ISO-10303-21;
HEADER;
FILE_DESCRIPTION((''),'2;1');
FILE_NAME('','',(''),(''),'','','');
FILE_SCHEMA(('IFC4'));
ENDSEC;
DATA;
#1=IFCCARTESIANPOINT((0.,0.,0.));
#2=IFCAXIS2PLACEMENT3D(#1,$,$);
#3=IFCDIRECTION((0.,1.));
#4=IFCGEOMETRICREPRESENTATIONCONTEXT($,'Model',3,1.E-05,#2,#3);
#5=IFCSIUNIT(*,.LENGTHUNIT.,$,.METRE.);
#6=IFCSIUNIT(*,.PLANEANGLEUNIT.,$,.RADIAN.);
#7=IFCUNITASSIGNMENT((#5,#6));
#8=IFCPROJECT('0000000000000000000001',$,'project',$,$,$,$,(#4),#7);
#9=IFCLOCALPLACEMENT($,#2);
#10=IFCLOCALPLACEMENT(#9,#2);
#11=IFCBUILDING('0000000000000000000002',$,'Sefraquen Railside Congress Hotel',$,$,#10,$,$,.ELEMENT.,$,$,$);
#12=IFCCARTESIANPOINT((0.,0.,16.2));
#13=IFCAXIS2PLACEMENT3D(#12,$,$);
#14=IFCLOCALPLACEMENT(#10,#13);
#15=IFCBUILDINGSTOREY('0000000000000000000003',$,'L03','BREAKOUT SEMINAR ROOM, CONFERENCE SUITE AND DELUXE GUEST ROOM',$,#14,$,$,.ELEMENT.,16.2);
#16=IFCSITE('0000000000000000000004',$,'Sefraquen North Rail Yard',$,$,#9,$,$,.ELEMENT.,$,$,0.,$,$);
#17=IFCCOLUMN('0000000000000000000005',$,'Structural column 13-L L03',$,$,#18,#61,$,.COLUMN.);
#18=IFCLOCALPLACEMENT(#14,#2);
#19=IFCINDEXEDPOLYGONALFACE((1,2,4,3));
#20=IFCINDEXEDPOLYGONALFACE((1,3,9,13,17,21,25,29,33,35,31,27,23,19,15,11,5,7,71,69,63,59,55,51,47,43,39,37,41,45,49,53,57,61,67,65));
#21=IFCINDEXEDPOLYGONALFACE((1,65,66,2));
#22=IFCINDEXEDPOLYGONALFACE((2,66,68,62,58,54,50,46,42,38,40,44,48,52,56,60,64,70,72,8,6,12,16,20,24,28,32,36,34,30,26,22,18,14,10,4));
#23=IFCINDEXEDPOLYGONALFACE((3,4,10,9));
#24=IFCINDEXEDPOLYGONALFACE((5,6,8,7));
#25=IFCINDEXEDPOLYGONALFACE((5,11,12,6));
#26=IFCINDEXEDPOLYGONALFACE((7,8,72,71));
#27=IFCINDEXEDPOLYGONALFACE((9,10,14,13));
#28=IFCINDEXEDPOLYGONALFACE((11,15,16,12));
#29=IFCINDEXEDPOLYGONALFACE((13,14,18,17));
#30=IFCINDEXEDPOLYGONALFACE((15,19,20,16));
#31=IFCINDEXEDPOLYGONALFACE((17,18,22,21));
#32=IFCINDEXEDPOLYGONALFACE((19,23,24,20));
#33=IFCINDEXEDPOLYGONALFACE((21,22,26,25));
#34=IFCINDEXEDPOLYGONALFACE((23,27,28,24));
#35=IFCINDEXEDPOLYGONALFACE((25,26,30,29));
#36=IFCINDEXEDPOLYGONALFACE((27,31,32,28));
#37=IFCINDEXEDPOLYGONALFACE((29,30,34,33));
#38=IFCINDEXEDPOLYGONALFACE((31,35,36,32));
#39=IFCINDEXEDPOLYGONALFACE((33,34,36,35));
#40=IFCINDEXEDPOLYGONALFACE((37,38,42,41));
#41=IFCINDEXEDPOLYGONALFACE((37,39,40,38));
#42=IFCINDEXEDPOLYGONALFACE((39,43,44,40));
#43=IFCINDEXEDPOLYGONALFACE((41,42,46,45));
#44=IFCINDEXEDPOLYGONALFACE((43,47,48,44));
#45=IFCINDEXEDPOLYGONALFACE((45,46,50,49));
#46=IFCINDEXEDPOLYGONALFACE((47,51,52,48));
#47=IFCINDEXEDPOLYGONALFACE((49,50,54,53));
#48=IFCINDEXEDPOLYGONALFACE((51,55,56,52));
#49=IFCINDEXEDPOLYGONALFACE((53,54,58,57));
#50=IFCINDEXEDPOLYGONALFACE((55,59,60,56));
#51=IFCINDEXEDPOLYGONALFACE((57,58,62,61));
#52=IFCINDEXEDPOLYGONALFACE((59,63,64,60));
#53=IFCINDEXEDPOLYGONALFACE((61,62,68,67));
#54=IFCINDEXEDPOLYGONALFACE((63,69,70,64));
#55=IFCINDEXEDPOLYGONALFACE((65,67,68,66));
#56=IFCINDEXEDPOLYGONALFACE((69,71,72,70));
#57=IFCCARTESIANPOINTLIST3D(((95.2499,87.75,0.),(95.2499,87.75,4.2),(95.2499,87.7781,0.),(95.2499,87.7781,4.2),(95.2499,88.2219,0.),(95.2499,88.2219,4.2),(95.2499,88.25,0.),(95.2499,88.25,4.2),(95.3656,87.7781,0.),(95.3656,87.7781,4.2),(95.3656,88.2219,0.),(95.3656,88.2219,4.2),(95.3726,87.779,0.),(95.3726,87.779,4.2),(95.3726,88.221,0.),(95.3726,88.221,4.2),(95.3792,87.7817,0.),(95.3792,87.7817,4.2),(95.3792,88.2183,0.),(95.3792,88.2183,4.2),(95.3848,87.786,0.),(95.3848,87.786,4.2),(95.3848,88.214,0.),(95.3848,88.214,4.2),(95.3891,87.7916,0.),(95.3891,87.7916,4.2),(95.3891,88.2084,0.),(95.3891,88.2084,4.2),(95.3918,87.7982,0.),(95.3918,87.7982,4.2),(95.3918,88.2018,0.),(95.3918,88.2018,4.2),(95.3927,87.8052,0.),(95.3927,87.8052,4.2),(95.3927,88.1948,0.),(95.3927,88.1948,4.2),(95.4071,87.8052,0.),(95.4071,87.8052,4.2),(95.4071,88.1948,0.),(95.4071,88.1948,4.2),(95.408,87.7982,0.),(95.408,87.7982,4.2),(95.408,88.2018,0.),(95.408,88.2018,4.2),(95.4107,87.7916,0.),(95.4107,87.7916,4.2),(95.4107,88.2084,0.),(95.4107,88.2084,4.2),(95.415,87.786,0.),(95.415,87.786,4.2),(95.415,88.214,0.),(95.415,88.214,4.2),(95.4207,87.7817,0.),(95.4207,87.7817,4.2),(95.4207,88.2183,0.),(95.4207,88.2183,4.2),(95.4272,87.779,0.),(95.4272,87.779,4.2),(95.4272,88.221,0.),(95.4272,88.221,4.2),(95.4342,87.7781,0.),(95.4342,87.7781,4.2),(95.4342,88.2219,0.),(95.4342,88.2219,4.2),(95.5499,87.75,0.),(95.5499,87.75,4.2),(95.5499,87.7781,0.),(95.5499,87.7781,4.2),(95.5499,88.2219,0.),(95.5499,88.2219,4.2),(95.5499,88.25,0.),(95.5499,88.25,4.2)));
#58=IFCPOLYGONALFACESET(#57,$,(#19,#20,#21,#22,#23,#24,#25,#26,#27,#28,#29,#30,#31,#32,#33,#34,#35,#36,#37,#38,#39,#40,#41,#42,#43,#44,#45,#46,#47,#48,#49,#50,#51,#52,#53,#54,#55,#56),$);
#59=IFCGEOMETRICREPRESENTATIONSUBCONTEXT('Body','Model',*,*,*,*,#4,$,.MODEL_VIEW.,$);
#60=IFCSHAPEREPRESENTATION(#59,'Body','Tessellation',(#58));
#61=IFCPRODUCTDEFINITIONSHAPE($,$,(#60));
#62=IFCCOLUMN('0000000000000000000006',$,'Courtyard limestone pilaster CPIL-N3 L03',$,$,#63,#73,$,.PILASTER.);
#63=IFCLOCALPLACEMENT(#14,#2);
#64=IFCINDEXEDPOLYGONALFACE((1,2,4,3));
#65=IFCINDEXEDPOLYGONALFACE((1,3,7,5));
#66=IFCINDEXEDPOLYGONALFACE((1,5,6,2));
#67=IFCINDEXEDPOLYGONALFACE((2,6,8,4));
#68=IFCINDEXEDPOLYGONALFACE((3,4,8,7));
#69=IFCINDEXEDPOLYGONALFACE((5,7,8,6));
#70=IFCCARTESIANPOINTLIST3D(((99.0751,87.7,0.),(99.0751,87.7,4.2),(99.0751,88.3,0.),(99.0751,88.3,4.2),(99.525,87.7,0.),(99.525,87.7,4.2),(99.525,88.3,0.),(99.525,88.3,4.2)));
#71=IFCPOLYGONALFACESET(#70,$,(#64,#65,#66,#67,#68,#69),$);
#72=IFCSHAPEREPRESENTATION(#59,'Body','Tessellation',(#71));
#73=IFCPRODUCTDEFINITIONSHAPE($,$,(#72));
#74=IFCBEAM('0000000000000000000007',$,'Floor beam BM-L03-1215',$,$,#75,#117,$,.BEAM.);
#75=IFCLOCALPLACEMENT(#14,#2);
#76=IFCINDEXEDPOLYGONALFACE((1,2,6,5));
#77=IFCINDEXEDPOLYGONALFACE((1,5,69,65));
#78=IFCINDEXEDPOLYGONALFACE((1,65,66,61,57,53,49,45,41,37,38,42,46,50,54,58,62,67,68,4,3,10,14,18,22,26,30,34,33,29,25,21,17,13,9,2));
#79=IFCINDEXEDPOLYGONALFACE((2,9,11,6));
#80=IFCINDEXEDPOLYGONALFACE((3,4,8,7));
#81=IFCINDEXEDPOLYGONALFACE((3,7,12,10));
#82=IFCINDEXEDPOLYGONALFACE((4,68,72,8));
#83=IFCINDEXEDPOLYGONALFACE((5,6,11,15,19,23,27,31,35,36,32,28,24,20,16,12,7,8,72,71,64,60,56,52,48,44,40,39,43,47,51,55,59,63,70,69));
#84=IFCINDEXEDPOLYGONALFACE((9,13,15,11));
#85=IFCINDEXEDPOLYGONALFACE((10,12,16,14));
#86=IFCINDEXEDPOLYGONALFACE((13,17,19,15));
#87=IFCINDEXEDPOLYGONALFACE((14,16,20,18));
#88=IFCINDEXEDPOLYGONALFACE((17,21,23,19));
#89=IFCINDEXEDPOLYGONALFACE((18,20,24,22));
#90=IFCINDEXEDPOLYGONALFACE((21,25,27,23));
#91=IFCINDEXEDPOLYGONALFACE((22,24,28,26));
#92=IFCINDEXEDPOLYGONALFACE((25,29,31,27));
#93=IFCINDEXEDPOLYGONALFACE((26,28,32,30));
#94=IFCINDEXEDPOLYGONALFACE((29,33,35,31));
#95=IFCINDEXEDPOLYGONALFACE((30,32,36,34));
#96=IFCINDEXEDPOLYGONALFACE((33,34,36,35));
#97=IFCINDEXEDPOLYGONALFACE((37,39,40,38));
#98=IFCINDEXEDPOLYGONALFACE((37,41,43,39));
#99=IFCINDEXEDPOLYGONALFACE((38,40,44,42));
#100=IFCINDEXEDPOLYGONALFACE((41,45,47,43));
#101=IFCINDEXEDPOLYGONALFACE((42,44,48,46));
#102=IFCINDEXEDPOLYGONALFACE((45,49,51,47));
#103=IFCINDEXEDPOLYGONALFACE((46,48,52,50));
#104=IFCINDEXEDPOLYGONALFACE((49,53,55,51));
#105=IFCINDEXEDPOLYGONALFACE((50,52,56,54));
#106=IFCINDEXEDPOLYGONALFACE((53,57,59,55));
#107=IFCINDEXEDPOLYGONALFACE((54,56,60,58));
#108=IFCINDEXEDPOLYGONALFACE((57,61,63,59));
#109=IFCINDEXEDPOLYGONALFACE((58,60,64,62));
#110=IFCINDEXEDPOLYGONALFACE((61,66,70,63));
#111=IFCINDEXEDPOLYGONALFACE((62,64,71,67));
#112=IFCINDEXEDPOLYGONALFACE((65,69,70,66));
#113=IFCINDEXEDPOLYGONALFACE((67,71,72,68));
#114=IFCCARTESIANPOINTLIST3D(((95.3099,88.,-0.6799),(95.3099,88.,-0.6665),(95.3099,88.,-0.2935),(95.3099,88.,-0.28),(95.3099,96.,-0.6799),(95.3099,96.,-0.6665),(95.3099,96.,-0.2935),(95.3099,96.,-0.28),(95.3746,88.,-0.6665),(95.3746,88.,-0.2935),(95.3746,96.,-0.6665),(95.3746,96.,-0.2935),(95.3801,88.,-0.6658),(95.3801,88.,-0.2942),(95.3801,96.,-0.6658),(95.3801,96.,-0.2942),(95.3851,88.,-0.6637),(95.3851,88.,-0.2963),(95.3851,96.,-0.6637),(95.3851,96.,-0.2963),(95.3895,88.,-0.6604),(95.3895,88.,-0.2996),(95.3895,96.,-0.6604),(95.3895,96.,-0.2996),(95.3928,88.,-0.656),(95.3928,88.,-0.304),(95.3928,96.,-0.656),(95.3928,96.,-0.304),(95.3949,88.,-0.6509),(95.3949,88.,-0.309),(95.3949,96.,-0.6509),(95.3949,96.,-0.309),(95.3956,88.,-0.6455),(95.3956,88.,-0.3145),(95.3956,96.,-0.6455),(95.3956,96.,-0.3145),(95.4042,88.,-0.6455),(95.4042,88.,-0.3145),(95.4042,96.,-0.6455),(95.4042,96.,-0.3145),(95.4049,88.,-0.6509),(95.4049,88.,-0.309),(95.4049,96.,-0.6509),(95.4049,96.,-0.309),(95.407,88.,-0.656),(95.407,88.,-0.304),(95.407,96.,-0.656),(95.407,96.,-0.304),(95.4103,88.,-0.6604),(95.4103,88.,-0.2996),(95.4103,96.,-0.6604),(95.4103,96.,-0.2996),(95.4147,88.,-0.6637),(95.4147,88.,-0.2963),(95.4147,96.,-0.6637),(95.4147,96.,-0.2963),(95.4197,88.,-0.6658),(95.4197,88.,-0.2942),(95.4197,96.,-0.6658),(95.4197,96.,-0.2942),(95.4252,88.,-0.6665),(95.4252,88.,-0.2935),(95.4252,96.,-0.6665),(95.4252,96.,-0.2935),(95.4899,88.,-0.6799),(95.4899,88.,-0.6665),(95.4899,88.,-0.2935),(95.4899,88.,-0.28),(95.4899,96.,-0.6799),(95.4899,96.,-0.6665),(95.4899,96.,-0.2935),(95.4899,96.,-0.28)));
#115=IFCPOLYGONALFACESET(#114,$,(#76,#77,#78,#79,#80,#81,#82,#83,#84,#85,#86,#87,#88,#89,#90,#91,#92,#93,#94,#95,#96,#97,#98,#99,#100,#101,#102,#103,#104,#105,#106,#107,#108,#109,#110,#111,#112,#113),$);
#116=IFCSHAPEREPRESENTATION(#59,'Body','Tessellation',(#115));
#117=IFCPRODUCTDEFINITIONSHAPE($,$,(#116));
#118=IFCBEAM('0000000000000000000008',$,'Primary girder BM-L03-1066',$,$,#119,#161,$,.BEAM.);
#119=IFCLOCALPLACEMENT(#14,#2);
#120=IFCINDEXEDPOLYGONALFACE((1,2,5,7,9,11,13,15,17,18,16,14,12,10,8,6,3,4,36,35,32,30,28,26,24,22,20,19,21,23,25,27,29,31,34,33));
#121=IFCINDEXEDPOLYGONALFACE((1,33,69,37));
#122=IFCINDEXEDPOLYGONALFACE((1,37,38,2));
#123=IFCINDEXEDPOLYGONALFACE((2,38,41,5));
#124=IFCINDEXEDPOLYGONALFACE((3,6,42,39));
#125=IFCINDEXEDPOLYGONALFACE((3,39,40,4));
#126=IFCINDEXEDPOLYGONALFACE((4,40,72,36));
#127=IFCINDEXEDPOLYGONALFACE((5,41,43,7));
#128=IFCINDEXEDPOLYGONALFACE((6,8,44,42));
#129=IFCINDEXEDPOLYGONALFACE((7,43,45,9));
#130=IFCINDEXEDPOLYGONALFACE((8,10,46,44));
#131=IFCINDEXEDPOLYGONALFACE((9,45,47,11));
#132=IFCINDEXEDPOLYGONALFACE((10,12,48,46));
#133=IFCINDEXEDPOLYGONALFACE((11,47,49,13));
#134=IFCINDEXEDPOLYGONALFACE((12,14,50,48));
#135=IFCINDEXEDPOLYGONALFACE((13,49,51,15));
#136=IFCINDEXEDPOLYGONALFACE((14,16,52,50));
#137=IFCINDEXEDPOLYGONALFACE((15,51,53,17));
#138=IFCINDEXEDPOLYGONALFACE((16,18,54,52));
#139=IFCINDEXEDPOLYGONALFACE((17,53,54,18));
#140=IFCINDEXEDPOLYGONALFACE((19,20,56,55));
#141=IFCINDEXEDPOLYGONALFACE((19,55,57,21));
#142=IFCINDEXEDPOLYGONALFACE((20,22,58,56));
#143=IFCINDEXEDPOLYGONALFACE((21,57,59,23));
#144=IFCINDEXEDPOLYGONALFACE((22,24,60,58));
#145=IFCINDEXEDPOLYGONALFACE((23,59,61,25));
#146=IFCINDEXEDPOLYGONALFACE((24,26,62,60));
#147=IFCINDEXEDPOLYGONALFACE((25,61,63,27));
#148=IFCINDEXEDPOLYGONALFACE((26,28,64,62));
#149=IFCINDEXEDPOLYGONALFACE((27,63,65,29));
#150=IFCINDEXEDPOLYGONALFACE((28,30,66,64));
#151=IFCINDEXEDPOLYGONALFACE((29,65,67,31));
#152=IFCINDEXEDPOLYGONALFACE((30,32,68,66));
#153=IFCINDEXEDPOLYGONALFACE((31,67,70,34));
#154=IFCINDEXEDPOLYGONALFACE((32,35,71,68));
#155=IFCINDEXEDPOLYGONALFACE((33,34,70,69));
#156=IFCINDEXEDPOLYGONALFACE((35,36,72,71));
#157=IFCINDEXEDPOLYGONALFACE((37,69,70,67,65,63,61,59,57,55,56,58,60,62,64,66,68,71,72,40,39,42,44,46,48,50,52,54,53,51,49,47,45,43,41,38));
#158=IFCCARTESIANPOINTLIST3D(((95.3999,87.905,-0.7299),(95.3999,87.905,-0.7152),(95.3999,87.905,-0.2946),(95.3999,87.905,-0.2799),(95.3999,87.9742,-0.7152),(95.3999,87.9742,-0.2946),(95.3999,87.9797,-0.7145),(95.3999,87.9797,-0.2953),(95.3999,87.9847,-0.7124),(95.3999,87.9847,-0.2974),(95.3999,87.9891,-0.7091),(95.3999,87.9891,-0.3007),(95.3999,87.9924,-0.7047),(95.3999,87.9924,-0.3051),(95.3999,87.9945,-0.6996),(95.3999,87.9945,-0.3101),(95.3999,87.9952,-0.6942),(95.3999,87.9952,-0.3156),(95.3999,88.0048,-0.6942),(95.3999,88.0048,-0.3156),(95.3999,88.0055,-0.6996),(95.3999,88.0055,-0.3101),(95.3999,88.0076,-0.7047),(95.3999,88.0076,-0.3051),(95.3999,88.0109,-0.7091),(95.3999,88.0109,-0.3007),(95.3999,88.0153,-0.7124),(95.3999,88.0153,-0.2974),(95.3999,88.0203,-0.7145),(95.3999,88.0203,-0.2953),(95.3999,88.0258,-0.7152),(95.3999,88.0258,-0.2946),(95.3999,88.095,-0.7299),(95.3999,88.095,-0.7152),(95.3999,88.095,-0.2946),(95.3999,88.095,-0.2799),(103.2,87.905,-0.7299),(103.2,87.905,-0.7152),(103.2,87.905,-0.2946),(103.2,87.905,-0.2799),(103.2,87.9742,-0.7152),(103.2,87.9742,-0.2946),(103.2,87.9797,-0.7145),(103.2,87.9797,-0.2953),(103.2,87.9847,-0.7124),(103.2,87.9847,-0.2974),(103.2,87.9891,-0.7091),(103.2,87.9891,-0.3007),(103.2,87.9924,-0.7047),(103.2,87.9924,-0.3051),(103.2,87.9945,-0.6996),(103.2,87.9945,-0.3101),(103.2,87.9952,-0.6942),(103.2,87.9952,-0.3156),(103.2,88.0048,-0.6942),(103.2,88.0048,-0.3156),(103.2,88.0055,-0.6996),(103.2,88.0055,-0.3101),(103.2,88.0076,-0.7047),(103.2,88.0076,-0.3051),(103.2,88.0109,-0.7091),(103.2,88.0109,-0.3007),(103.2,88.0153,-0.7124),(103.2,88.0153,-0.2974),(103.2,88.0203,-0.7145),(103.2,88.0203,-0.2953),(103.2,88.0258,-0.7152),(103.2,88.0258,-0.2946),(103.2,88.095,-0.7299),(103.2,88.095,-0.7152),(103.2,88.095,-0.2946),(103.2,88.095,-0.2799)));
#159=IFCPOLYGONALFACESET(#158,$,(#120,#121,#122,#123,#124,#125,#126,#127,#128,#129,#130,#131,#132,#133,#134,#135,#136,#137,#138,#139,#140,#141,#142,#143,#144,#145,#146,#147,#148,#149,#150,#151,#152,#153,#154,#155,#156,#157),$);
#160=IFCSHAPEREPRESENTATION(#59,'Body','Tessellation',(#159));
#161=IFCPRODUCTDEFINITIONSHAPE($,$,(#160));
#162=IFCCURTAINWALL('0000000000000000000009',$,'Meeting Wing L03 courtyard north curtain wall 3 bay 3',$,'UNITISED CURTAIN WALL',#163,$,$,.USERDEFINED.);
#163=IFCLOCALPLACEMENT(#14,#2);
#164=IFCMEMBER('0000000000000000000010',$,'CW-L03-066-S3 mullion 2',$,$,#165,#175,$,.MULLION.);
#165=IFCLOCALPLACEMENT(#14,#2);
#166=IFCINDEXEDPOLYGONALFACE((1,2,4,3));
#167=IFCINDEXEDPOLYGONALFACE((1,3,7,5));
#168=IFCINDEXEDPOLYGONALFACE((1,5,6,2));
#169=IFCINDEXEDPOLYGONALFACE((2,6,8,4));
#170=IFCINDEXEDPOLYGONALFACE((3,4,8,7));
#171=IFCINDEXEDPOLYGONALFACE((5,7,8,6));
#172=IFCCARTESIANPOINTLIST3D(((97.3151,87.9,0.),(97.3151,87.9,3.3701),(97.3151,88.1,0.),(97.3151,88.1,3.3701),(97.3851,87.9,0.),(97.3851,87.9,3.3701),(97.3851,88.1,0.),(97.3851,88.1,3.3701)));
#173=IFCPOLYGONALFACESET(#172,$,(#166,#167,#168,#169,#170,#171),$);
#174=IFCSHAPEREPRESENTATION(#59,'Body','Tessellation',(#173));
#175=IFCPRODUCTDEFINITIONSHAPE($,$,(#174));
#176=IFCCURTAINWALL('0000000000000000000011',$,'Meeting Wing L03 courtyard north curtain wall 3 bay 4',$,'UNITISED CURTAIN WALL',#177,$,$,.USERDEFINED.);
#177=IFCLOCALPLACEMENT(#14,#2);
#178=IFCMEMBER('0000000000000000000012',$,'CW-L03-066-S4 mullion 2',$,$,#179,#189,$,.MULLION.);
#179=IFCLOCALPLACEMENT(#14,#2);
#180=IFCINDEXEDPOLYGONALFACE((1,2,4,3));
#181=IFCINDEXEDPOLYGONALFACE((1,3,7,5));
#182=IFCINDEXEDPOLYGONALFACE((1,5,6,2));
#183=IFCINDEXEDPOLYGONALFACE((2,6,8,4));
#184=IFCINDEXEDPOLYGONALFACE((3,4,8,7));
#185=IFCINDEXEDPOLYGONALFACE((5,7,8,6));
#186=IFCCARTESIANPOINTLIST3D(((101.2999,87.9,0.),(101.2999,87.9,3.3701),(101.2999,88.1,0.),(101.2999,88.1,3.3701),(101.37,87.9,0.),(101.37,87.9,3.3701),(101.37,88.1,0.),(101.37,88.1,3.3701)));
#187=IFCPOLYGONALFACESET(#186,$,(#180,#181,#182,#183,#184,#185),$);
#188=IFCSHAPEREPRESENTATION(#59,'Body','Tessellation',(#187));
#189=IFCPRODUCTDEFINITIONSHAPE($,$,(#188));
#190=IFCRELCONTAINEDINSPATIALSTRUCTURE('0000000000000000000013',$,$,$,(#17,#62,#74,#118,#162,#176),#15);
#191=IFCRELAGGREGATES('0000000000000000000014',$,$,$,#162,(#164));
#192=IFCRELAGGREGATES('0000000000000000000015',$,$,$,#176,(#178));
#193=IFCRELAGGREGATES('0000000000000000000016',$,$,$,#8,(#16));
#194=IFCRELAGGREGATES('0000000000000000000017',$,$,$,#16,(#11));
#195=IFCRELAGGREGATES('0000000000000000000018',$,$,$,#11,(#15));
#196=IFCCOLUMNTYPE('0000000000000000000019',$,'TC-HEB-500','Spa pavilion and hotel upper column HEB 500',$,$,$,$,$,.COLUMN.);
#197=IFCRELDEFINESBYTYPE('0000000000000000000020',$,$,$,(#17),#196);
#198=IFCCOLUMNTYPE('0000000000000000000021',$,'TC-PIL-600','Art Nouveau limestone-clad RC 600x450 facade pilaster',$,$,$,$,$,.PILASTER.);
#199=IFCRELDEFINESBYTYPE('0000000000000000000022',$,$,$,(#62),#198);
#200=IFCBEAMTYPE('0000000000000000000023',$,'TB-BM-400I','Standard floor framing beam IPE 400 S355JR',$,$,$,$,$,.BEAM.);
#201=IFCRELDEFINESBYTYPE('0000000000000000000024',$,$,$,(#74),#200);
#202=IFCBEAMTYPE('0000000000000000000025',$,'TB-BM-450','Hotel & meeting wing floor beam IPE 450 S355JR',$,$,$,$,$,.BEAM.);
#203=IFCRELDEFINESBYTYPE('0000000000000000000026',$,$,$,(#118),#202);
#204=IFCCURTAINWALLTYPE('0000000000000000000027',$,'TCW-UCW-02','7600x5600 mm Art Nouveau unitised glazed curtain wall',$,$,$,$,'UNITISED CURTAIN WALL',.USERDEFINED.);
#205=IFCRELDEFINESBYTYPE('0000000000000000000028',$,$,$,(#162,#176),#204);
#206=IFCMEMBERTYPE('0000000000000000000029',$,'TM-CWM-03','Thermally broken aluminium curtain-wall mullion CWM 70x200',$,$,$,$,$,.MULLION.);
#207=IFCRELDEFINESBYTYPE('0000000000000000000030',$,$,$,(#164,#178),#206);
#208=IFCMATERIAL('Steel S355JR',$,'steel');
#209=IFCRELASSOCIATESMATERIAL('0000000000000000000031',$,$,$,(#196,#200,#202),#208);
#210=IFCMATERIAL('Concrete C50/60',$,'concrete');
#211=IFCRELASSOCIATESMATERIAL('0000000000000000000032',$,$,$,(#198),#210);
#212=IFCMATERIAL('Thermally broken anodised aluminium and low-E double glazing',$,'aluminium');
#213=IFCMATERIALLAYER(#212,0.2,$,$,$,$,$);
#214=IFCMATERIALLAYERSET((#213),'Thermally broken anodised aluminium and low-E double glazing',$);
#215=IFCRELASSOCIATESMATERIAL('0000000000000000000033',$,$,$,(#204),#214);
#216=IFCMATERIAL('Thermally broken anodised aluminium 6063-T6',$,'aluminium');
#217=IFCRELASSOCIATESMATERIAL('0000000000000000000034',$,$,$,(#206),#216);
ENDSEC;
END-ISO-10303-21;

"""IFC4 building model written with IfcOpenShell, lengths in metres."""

from ifc_helpers import new_model, si_unit, direction, frame, origin, origin_2d, place, context, subcontext, project, spatial, rectangle, i_section, extrude, material, layer, layer_set, material_profile, profile_set, type_object, element, aggregate, save


model = new_model("IFC4")

# Units and contexts
model_context = context("Model", 3, precision=1e-05, world=origin(), true_north=direction((0.0, 1.0)))
body_context = subcontext(model_context, "Body", "Model", "MODEL_VIEW")
ifc_project = project(units=[si_unit("LENGTHUNIT", "METRE"), si_unit("PLANEANGLEUNIT", "RADIAN")], contexts=[model_context])

# Site, building, storey
site_placement = place(None, origin())
site = spatial("IfcSite", under=ifc_project, at=site_placement, Name="Sefraquen North Rail Yard", CompositionType="ELEMENT", RefElevation=0.0)
building_placement = place(site_placement, origin())
building = spatial("IfcBuilding", under=site, at=building_placement, Name="Sefraquen Railside Congress Hotel", CompositionType="ELEMENT")
storey_placement = place(building_placement, frame((0.0, 0.0, 16.2)))
storey = spatial("IfcBuildingStorey", under=building, at=storey_placement, Name="L03", Description="BREAKOUT SEMINAR ROOM, CONFERENCE SUITE AND DELUXE GUEST ROOM", CompositionType="ELEMENT", Elevation=16.2)

# Columns
ifc_material_1 = material(Name="Steel S355JR", Category="steel")
ifc_material_profile_1 = material_profile(ifc_material_1, i_section(OverallWidth=0.3, OverallDepth=0.5, WebThickness=0.0144, FlangeThickness=0.0281, FilletRadius=0.0271, at=origin_2d()), Name="HEB 500")
ifc_profile_set_1 = profile_set([ifc_material_profile_1], Name="Steel S355JR")
column_type_1 = type_object("IfcColumnType", Name="TC-HEB-500", Description="Spa pavilion and hotel upper column HEB 500", PredefinedType="COLUMN", material=ifc_profile_set_1)
column_1_placement = place(storey_placement, frame((95.3999, 88.0, 0.0), z_axis=(0.0, 0.0, 1.0), x_axis=(1.0, 0.0, 0.0)))
element("IfcColumn", 1, at=column_1_placement, inside=storey, type_object=column_type_1, Name="Structural column 13-L L03", PredefinedType="COLUMN", context=body_context, shape_type="SweptSolid", body=[
    extrude(i_section(OverallWidth=0.3, OverallDepth=0.5, WebThickness=0.0144, FlangeThickness=0.0281, FilletRadius=0.0271, at=origin_2d()), origin(), (0.0, 0.0, 1.0), 4.2),
])
ifc_material_2 = material(Name="Concrete C50/60", Category="concrete")
ifc_material_profile_2 = material_profile(ifc_material_2, rectangle(XDim=0.45, YDim=0.6001, at=origin_2d()), Name="RC 600x450")
ifc_profile_set_2 = profile_set([ifc_material_profile_2], Name="Concrete C50/60")
column_type_2 = type_object("IfcColumnType", Name="TC-PIL-600", Description="Art Nouveau limestone-clad RC 600x450 facade pilaster", PredefinedType="PILASTER", material=ifc_profile_set_2)
column_2_placement = place(storey_placement, frame((99.3, 88.0, 0.0), z_axis=(0.0, 0.0, 1.0), x_axis=(1.0, 0.0, 0.0)))
element("IfcColumn", 2, at=column_2_placement, inside=storey, type_object=column_type_2, Name="Courtyard limestone pilaster CPIL-N3 L03", PredefinedType="PILASTER", context=body_context, shape_type="SweptSolid", body=[
    extrude(rectangle(XDim=0.45, YDim=0.6001, at=origin_2d()), origin(), (0.0, 0.0, 1.0), 4.2),
])

# Beams
ifc_material_profile_3 = material_profile(ifc_material_1, i_section(OverallWidth=0.1799, OverallDepth=0.3999, WebThickness=0.0085, FlangeThickness=0.0134, FilletRadius=0.021, at=origin_2d()), Name="IPE 400")
ifc_profile_set_3 = profile_set([ifc_material_profile_3], Name="Steel S355JR")
beam_type_1 = type_object("IfcBeamType", Name="TB-BM-400I", Description="Standard floor framing beam IPE 400 S355JR", PredefinedType="BEAM", material=ifc_profile_set_3)
beam_1_placement = place(storey_placement, frame((95.3999, 88.0, -0.48), z_axis=(0.0, 1.0, 0.0), x_axis=(-1.0, 0.0, 0.0)))
element("IfcBeam", 3, at=beam_1_placement, inside=storey, type_object=beam_type_1, Name="Floor beam BM-L03-1215", PredefinedType="BEAM", context=body_context, shape_type="SweptSolid", body=[
    extrude(i_section(OverallWidth=0.1799, OverallDepth=0.3999, WebThickness=0.0085, FlangeThickness=0.0134, FilletRadius=0.021, at=origin_2d()), origin(), (0.0, 0.0, 1.0), 8.0),
])
ifc_material_profile_4 = material_profile(ifc_material_1, i_section(OverallWidth=0.1899, OverallDepth=0.45, WebThickness=0.0095, FlangeThickness=0.0146, FilletRadius=0.021, at=origin_2d()), Name="IPE 450")
ifc_profile_set_4 = profile_set([ifc_material_profile_4], Name="Steel S355JR")
beam_type_2 = type_object("IfcBeamType", Name="TB-BM-450", Description="Hotel & meeting wing floor beam IPE 450 S355JR", PredefinedType="BEAM", material=ifc_profile_set_4)
beam_2_placement = place(storey_placement, frame((95.3999, 88.0, -0.5049), z_axis=(1.0, 0.0, 0.0), x_axis=(0.0, 1.0, 0.0)))
element("IfcBeam", 4, at=beam_2_placement, inside=storey, type_object=beam_type_2, Name="Primary girder BM-L03-1066", PredefinedType="BEAM", context=body_context, shape_type="SweptSolid", body=[
    extrude(i_section(OverallWidth=0.1899, OverallDepth=0.45, WebThickness=0.0095, FlangeThickness=0.0146, FilletRadius=0.021, at=origin_2d()), origin(), (0.0, 0.0, 1.0), 7.8),
])

# Curtain walls, members
ifc_material_3 = material(Name="Thermally broken anodised aluminium and low-E double glazing", Category="aluminium")
ifc_layer_1 = layer(ifc_material_3, 0.2)
ifc_layer_set_1 = layer_set([ifc_layer_1], Name="Thermally broken anodised aluminium and low-E double glazing")
curtain_wall_type = type_object("IfcCurtainWallType", Name="TCW-UCW-02", Description="7600x5600 mm Art Nouveau unitised glazed curtain wall", ElementType="UNITISED CURTAIN WALL", PredefinedType="USERDEFINED", material=ifc_layer_set_1)
curtain_wall_1_placement = place(storey_placement, origin())
curtain_wall_1 = element("IfcCurtainWall", 5, at=curtain_wall_1_placement, inside=storey, type_object=curtain_wall_type, Name="Meeting Wing L03 courtyard north curtain wall 3 bay 3", ObjectType="UNITISED CURTAIN WALL", PredefinedType="USERDEFINED")
ifc_material_4 = material(Name="Thermally broken anodised aluminium 6063-T6", Category="aluminium")
ifc_material_profile_5 = material_profile(ifc_material_4, rectangle(XDim=0.0701, YDim=0.2, at=origin_2d()), Name="CWM 70x200")
ifc_profile_set_5 = profile_set([ifc_material_profile_5], Name="Thermally broken anodised aluminium 6063-T6")
member_type_1 = type_object("IfcMemberType", Name="TM-CWM-03", Description="Thermally broken aluminium curtain-wall mullion CWM 70x200", PredefinedType="MULLION", material=ifc_profile_set_5)
member_1_placement = place(storey_placement, frame((97.3501, 88.0, 0.0), z_axis=(0.0, 0.0, 1.0), x_axis=(1.0, 0.0, 0.0)))
member_1 = element("IfcMember", 6, at=member_1_placement, type_object=member_type_1, Name="CW-L03-066-S3 mullion 2", PredefinedType="MULLION", context=body_context, shape_type="SweptSolid", body=[
    extrude(rectangle(XDim=0.0701, YDim=0.2, at=origin_2d()), origin(), (0.0, 0.0, 1.0), 3.3701),
])
curtain_wall_2_placement = place(storey_placement, origin())
curtain_wall_2 = element("IfcCurtainWall", 7, at=curtain_wall_2_placement, inside=storey, type_object=curtain_wall_type, Name="Meeting Wing L03 courtyard north curtain wall 3 bay 4", ObjectType="UNITISED CURTAIN WALL", PredefinedType="USERDEFINED")
member_2_placement = place(storey_placement, frame((101.335, 88.0, 0.0), z_axis=(0.0, 0.0, 1.0), x_axis=(1.0, 0.0, 0.0)))
member_2 = element("IfcMember", 8, at=member_2_placement, type_object=member_type_1, Name="CW-L03-066-S4 mullion 2", PredefinedType="MULLION", context=body_context, shape_type="SweptSolid", body=[
    extrude(rectangle(XDim=0.0701, YDim=0.2, at=origin_2d()), origin(), (0.0, 0.0, 1.0), 3.3701),
])

aggregate(curtain_wall_1, [member_1])
aggregate(curtain_wall_2, [member_2])

save(model, "model.ifc")
